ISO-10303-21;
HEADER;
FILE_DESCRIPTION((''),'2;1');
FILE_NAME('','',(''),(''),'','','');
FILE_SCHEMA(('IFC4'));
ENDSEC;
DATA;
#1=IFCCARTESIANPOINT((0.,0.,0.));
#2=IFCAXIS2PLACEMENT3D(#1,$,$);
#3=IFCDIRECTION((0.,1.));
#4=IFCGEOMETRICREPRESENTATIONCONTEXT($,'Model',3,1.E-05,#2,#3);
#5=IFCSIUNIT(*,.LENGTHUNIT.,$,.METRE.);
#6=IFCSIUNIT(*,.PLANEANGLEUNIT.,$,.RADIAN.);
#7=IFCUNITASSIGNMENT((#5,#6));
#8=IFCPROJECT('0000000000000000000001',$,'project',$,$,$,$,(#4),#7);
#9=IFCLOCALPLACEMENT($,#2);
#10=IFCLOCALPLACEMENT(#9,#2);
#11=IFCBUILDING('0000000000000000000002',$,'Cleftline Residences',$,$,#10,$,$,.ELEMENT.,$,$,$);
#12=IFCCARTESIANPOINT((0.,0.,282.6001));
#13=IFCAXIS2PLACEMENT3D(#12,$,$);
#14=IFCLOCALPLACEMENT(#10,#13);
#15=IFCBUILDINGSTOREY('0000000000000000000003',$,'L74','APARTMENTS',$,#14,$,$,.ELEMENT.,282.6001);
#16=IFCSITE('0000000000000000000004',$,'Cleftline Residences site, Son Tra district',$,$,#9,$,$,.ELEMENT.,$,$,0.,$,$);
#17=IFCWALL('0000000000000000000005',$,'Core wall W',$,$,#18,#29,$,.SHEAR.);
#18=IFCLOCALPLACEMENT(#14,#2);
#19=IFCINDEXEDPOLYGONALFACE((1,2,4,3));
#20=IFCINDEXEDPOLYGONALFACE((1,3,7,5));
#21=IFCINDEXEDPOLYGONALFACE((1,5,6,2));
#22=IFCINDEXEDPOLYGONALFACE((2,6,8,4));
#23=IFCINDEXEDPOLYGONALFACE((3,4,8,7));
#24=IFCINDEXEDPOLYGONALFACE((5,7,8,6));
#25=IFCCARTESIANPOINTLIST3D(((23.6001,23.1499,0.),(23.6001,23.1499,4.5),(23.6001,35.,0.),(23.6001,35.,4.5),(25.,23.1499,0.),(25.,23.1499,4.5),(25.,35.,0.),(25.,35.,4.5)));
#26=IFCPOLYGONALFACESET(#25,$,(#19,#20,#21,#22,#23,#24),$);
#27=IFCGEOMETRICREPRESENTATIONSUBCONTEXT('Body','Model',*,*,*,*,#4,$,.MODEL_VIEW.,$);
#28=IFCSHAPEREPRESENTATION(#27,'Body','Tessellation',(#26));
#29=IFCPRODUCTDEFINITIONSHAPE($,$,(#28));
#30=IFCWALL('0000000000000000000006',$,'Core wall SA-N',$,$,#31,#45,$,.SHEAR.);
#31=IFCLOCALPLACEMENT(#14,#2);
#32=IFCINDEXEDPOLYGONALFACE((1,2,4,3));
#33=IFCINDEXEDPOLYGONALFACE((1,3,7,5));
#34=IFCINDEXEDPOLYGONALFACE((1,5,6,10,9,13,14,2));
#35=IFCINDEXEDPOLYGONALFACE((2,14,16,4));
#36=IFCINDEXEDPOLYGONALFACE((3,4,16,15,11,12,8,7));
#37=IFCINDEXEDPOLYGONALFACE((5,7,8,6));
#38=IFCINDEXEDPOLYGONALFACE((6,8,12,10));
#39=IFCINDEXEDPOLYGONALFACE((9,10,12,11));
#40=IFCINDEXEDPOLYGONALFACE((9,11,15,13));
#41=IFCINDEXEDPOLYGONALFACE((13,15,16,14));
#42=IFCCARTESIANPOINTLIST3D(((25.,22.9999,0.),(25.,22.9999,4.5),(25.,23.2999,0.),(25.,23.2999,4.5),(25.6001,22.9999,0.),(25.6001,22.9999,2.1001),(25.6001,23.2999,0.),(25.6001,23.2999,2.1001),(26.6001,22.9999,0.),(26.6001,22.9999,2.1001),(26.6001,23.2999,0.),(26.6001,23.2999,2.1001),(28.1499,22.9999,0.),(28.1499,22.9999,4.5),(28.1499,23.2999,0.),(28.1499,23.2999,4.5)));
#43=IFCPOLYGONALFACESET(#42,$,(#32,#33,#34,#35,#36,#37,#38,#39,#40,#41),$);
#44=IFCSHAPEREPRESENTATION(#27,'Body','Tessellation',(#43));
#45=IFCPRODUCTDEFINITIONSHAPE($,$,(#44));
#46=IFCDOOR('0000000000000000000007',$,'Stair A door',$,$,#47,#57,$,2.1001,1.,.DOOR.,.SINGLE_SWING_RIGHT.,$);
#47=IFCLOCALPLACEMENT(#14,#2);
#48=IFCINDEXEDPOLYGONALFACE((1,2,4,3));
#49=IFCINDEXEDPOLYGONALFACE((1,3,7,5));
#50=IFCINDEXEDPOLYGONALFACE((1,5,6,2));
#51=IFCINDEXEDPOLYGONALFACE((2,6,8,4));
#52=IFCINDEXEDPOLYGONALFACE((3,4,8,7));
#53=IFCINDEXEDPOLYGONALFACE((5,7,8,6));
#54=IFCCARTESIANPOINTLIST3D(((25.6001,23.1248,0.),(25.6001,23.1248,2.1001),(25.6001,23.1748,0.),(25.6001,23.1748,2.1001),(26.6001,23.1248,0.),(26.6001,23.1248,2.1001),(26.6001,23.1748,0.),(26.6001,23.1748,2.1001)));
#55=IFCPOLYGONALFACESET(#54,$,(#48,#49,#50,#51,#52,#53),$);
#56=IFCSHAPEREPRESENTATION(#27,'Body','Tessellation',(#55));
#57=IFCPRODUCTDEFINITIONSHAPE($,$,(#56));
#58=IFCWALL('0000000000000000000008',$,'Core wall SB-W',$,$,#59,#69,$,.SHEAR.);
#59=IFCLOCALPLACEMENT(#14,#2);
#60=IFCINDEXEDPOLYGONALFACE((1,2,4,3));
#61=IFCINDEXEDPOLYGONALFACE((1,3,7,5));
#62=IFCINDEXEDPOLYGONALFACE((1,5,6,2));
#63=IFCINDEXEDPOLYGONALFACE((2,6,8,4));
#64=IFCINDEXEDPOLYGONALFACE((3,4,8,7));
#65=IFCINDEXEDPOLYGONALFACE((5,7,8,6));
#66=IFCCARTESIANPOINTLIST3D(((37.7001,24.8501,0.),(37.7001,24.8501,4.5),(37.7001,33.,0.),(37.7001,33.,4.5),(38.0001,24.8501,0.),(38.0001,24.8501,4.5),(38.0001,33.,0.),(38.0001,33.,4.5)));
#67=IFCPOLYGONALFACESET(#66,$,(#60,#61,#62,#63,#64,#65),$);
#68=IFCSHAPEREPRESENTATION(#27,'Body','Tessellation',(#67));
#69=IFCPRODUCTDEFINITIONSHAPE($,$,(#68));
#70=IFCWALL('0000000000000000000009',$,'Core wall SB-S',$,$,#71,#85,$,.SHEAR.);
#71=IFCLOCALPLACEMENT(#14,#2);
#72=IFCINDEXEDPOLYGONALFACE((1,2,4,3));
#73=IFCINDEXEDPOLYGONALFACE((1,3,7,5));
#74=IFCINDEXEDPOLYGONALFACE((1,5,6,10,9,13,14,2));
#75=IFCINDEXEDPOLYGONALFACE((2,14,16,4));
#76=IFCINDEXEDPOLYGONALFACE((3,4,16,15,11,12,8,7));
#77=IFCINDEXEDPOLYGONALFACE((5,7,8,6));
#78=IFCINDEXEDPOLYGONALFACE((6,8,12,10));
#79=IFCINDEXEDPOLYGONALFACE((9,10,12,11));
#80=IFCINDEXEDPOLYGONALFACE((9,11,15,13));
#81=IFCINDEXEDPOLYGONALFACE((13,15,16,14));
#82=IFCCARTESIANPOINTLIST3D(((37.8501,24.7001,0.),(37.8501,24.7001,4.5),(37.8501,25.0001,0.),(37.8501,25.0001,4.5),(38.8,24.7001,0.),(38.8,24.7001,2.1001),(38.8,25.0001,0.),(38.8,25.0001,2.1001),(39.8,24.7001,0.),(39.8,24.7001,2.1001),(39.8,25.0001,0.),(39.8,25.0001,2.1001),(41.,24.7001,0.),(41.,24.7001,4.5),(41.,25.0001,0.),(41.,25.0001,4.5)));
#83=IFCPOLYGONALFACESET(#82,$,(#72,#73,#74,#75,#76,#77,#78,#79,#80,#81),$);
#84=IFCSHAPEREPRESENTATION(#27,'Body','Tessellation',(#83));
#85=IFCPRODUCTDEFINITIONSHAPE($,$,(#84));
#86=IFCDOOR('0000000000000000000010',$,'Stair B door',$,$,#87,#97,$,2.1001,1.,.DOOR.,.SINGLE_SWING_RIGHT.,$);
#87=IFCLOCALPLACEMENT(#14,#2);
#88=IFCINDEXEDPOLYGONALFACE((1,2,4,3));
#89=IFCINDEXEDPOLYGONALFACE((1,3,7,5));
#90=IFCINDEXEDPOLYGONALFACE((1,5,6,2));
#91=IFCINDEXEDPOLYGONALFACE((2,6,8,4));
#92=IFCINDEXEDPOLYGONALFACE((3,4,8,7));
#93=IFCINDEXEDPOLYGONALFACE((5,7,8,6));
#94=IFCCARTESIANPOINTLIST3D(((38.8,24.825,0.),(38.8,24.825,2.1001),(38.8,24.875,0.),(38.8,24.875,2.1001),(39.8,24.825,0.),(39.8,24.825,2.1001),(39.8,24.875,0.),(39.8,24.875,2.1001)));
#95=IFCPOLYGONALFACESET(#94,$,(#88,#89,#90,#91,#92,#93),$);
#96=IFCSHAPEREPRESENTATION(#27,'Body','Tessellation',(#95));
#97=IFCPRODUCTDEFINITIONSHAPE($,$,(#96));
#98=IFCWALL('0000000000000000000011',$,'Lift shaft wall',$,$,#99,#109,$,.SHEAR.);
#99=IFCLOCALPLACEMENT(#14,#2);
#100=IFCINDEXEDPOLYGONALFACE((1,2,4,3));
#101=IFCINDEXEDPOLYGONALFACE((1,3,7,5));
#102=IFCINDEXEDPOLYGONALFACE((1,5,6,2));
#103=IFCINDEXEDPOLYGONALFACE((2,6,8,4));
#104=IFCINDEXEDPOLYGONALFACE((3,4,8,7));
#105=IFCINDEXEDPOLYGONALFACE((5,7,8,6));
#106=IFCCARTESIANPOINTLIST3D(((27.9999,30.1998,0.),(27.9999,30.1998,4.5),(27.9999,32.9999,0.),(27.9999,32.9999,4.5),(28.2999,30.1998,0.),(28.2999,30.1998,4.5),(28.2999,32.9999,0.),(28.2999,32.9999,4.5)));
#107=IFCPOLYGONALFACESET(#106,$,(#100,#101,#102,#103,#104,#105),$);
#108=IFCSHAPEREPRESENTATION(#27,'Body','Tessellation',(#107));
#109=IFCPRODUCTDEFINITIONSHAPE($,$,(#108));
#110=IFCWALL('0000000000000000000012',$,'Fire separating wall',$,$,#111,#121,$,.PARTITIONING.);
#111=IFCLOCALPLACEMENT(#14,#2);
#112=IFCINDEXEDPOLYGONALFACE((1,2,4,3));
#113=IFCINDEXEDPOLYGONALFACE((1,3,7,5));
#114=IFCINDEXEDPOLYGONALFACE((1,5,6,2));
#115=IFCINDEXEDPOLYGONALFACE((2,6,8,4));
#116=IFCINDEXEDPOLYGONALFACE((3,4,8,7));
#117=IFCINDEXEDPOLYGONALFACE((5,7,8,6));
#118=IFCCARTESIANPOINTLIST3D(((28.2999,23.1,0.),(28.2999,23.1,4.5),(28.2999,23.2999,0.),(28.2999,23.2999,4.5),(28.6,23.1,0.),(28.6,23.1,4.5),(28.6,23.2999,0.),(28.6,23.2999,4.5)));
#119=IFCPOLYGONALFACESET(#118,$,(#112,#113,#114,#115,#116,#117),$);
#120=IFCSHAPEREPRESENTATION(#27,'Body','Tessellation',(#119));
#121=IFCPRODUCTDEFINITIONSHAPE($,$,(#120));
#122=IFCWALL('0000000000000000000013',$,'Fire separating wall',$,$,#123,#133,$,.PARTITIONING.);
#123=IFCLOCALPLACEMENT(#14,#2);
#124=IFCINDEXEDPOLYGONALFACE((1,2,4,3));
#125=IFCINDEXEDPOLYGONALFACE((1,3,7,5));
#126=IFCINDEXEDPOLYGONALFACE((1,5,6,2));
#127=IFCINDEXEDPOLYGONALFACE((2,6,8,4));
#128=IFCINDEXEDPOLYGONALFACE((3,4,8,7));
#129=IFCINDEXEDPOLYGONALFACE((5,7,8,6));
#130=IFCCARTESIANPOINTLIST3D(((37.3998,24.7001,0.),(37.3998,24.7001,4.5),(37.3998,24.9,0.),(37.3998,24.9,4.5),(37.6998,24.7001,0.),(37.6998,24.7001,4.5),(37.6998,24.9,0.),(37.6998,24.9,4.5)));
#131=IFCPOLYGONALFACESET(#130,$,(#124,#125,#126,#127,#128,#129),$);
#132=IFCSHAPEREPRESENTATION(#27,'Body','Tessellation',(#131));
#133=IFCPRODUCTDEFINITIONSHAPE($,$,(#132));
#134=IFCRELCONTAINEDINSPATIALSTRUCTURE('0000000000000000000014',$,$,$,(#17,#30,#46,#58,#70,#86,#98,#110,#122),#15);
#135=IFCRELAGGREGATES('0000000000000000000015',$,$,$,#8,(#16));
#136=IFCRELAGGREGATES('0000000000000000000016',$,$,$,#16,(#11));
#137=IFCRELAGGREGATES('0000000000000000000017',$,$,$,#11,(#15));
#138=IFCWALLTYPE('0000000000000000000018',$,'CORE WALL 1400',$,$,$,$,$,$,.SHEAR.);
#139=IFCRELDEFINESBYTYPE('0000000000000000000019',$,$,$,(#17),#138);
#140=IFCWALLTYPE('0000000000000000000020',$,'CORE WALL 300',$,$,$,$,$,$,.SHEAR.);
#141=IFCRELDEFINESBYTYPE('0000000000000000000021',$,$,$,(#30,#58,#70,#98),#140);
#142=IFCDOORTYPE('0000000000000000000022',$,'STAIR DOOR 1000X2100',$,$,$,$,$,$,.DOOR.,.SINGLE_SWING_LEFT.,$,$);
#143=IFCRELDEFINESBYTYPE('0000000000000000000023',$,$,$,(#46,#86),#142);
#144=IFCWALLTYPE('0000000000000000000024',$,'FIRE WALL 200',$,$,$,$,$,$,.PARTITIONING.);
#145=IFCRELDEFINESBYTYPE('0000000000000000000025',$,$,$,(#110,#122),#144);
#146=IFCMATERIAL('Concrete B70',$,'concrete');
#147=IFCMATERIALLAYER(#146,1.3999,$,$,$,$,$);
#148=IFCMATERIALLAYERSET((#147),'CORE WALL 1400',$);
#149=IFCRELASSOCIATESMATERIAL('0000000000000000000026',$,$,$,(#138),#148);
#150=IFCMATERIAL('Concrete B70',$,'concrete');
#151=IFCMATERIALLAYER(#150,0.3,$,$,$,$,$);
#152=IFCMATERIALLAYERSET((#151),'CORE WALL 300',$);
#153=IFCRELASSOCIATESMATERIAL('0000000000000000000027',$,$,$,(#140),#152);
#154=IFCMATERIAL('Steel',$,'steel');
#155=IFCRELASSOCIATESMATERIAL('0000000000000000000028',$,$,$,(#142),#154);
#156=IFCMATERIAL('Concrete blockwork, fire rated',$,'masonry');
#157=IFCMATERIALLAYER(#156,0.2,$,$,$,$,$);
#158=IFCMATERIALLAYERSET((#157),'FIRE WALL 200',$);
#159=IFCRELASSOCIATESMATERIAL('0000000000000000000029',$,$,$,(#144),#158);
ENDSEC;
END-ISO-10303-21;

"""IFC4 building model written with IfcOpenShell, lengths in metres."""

from ifc_helpers import new_model, si_unit, direction, frame, frame_2d, origin, place, context, subcontext, project, spatial, rectangle, extrude, material, layer, layer_set, type_object, element, fill, save


model = new_model("IFC4")

# Units and contexts
model_context = context("Model", 3, precision=1e-05, world=origin(), true_north=direction((0.0, 1.0)))
body_context = subcontext(model_context, "Body", "Model", "MODEL_VIEW")
ifc_project = project(units=[si_unit("LENGTHUNIT", "METRE"), si_unit("PLANEANGLEUNIT", "RADIAN")], contexts=[model_context])

# Site, building, storey
site_placement = place(None, origin())
site = spatial("IfcSite", under=ifc_project, at=site_placement, Name="Cleftline Residences site, Son Tra district", CompositionType="ELEMENT", RefElevation=0.0)
building_placement = place(site_placement, origin())
building = spatial("IfcBuilding", under=site, at=building_placement, Name="Cleftline Residences", CompositionType="ELEMENT")
storey_placement = place(building_placement, frame((0.0, 0.0, 282.6001)))
storey = spatial("IfcBuildingStorey", under=building, at=storey_placement, Name="L74", Description="APARTMENTS", CompositionType="ELEMENT", Elevation=282.6001)

# Wall
ifc_material_1 = material(Name="Concrete B70", Category="concrete")
ifc_layer_1 = layer(ifc_material_1, 1.3999)
ifc_layer_set_1 = layer_set([ifc_layer_1], Name="CORE WALL 1400")
wall_type_1 = type_object("IfcWallType", Name="CORE WALL 1400", PredefinedType="SHEAR", material=ifc_layer_set_1)
wall_1_placement = place(storey_placement, frame((24.3, 23.1499, 0.0), z_axis=(0.0, 0.0, 1.0), x_axis=(0.0, 1.0, 0.0)))
element("IfcWall", 1, at=wall_1_placement, inside=storey, type_object=wall_type_1, Name="Core wall W", PredefinedType="SHEAR", context=body_context, shape_type="SweptSolid", body=[
    extrude(rectangle(XDim=11.8501, YDim=1.3999, at=frame_2d((5.925, 0.0))), origin(), (0.0, 0.0, 1.0), 4.5),
])

# Wall, opening, door
ifc_material_2 = material(Name="Concrete B70", Category="concrete")
ifc_layer_2 = layer(ifc_material_2, 0.3)
ifc_layer_set_2 = layer_set([ifc_layer_2], Name="CORE WALL 300")
wall_type_2 = type_object("IfcWallType", Name="CORE WALL 300", PredefinedType="SHEAR", material=ifc_layer_set_2)
wall_2_placement = place(storey_placement, frame((25.0, 23.1499, 0.0), z_axis=(0.0, 0.0, 1.0), x_axis=(1.0, 0.0, 0.0)))
wall_2 = element("IfcWall", 2, at=wall_2_placement, inside=storey, type_object=wall_type_2, Name="Core wall SA-N", PredefinedType="SHEAR", context=body_context, shape_type="SweptSolid", body=[
    extrude(rectangle(XDim=3.1499, YDim=0.3, at=frame_2d((1.575, 0.0))), origin(), (0.0, 0.0, 1.0), 4.5),
])
opening_1_placement = place(wall_2_placement, frame((0.6001, 0.0, 0.0)))
opening_1 = element("IfcOpeningElement", 3, at=opening_1_placement, cuts=wall_2, PredefinedType="OPENING", context=body_context, shape_type="SweptSolid", body=[
    extrude(rectangle(XDim=1.0, YDim=2.1001, at=frame_2d((0.5, 1.05))), frame((0.0, 0.1599, 0.0), z_axis=(0.0, -1.0, 0.0), x_axis=(1.0, 0.0, 0.0)), (0.0, 0.0, 1.0), 0.3201),
])
ifc_material_3 = material(Name="Steel", Category="steel")
door_type_1 = type_object("IfcDoorType", Name="STAIR DOOR 1000X2100", OperationType="SINGLE_SWING_LEFT", PredefinedType="DOOR", material=ifc_material_3)
door_1_placement = place(opening_1_placement, origin())
door_1 = element("IfcDoor", 4, at=door_1_placement, inside=storey, type_object=door_type_1, Name="Stair A door", OperationType="SINGLE_SWING_RIGHT", OverallHeight=2.1001, OverallWidth=1.0, PredefinedType="DOOR", context=body_context, shape_type="SweptSolid", body=[
    extrude(rectangle(XDim=1.0, YDim=2.1001, at=frame_2d((0.5, 1.05))), frame((0.0, 0.0249, 0.0), z_axis=(0.0, -1.0, 0.0), x_axis=(1.0, 0.0, 0.0)), (0.0, 0.0, 1.0), 0.05),
])
fill(opening_1, door_1)

# Wall
wall_3_placement = place(storey_placement, frame((37.8501, 24.8501, 0.0), z_axis=(0.0, 0.0, 1.0), x_axis=(0.0, 1.0, 0.0)))
element("IfcWall", 5, at=wall_3_placement, inside=storey, type_object=wall_type_2, Name="Core wall SB-W", PredefinedType="SHEAR", context=body_context, shape_type="SweptSolid", body=[
    extrude(rectangle(XDim=8.1499, YDim=0.3, at=frame_2d((4.075, 0.0))), origin(), (0.0, 0.0, 1.0), 4.5),
])

# Wall, opening, door
wall_4_placement = place(storey_placement, frame((37.8501, 24.8501, 0.0), z_axis=(0.0, 0.0, 1.0), x_axis=(1.0, 0.0, 0.0)))
wall_4 = element("IfcWall", 6, at=wall_4_placement, inside=storey, type_object=wall_type_2, Name="Core wall SB-S", PredefinedType="SHEAR", context=body_context, shape_type="SweptSolid", body=[
    extrude(rectangle(XDim=3.1499, YDim=0.3, at=frame_2d((1.575, 0.0))), origin(), (0.0, 0.0, 1.0), 4.5),
])
opening_2_placement = place(wall_4_placement, frame((0.95, 0.0, 0.0)))
opening_2 = element("IfcOpeningElement", 7, at=opening_2_placement, cuts=wall_4, PredefinedType="OPENING", context=body_context, shape_type="SweptSolid", body=[
    extrude(rectangle(XDim=1.0, YDim=2.1001, at=frame_2d((0.5, 1.05))), frame((0.0, 0.1599, 0.0), z_axis=(0.0, -1.0, 0.0), x_axis=(1.0, 0.0, 0.0)), (0.0, 0.0, 1.0), 0.3201),
])
door_2_placement = place(opening_2_placement, origin())
door_2 = element("IfcDoor", 8, at=door_2_placement, inside=storey, type_object=door_type_1, Name="Stair B door", OperationType="SINGLE_SWING_RIGHT", OverallHeight=2.1001, OverallWidth=1.0, PredefinedType="DOOR", context=body_context, shape_type="SweptSolid", body=[
    extrude(rectangle(XDim=1.0, YDim=2.1001, at=frame_2d((0.5, 1.05))), frame((0.0, 0.0249, 0.0), z_axis=(0.0, -1.0, 0.0), x_axis=(1.0, 0.0, 0.0)), (0.0, 0.0, 1.0), 0.05),
])
fill(opening_2, door_2)

# Walls
wall_5_placement = place(storey_placement, frame((28.1499, 30.2, 0.0), z_axis=(0.0, 0.0, 1.0), x_axis=(0.0, 1.0, 0.0)))
element("IfcWall", 9, at=wall_5_placement, inside=storey, type_object=wall_type_2, Name="Lift shaft wall", PredefinedType="SHEAR", context=body_context, shape_type="SweptSolid", body=[
    extrude(rectangle(XDim=2.8, YDim=0.3, at=frame_2d((1.3999, 0.0))), origin(), (0.0, 0.0, 1.0), 4.5),
])
ifc_material_4 = material(Name="Concrete blockwork, fire rated", Category="masonry")
ifc_layer_3 = layer(ifc_material_4, 0.2)
ifc_layer_set_3 = layer_set([ifc_layer_3], Name="FIRE WALL 200")
wall_type_3 = type_object("IfcWallType", Name="FIRE WALL 200", PredefinedType="PARTITIONING", material=ifc_layer_set_3)
for number, where, z_axis, x_axis, name in (
    (10, (28.3, 23.2, 0.0), (0.0, 0.0, 1.0), (1.0, 0.0, 0.0), "Fire separating wall"),
    (11, (37.3999, 24.8, 0.0), (0.0, 0.0, 1.0), (1.0, 0.0, 0.0), "Fire separating wall"),
):
    element("IfcWall", number, at=place(storey_placement, frame(where, z_axis=z_axis, x_axis=x_axis)), inside=storey, type_object=wall_type_3, Name=name, PredefinedType="PARTITIONING", context=body_context, shape_type="SweptSolid", body=[
        extrude(rectangle(XDim=0.3, YDim=0.2, at=frame_2d((0.1499, 0.0))), origin(), (0.0, 0.0, 1.0), 4.5),
    ])

save(model, "model.ifc")
